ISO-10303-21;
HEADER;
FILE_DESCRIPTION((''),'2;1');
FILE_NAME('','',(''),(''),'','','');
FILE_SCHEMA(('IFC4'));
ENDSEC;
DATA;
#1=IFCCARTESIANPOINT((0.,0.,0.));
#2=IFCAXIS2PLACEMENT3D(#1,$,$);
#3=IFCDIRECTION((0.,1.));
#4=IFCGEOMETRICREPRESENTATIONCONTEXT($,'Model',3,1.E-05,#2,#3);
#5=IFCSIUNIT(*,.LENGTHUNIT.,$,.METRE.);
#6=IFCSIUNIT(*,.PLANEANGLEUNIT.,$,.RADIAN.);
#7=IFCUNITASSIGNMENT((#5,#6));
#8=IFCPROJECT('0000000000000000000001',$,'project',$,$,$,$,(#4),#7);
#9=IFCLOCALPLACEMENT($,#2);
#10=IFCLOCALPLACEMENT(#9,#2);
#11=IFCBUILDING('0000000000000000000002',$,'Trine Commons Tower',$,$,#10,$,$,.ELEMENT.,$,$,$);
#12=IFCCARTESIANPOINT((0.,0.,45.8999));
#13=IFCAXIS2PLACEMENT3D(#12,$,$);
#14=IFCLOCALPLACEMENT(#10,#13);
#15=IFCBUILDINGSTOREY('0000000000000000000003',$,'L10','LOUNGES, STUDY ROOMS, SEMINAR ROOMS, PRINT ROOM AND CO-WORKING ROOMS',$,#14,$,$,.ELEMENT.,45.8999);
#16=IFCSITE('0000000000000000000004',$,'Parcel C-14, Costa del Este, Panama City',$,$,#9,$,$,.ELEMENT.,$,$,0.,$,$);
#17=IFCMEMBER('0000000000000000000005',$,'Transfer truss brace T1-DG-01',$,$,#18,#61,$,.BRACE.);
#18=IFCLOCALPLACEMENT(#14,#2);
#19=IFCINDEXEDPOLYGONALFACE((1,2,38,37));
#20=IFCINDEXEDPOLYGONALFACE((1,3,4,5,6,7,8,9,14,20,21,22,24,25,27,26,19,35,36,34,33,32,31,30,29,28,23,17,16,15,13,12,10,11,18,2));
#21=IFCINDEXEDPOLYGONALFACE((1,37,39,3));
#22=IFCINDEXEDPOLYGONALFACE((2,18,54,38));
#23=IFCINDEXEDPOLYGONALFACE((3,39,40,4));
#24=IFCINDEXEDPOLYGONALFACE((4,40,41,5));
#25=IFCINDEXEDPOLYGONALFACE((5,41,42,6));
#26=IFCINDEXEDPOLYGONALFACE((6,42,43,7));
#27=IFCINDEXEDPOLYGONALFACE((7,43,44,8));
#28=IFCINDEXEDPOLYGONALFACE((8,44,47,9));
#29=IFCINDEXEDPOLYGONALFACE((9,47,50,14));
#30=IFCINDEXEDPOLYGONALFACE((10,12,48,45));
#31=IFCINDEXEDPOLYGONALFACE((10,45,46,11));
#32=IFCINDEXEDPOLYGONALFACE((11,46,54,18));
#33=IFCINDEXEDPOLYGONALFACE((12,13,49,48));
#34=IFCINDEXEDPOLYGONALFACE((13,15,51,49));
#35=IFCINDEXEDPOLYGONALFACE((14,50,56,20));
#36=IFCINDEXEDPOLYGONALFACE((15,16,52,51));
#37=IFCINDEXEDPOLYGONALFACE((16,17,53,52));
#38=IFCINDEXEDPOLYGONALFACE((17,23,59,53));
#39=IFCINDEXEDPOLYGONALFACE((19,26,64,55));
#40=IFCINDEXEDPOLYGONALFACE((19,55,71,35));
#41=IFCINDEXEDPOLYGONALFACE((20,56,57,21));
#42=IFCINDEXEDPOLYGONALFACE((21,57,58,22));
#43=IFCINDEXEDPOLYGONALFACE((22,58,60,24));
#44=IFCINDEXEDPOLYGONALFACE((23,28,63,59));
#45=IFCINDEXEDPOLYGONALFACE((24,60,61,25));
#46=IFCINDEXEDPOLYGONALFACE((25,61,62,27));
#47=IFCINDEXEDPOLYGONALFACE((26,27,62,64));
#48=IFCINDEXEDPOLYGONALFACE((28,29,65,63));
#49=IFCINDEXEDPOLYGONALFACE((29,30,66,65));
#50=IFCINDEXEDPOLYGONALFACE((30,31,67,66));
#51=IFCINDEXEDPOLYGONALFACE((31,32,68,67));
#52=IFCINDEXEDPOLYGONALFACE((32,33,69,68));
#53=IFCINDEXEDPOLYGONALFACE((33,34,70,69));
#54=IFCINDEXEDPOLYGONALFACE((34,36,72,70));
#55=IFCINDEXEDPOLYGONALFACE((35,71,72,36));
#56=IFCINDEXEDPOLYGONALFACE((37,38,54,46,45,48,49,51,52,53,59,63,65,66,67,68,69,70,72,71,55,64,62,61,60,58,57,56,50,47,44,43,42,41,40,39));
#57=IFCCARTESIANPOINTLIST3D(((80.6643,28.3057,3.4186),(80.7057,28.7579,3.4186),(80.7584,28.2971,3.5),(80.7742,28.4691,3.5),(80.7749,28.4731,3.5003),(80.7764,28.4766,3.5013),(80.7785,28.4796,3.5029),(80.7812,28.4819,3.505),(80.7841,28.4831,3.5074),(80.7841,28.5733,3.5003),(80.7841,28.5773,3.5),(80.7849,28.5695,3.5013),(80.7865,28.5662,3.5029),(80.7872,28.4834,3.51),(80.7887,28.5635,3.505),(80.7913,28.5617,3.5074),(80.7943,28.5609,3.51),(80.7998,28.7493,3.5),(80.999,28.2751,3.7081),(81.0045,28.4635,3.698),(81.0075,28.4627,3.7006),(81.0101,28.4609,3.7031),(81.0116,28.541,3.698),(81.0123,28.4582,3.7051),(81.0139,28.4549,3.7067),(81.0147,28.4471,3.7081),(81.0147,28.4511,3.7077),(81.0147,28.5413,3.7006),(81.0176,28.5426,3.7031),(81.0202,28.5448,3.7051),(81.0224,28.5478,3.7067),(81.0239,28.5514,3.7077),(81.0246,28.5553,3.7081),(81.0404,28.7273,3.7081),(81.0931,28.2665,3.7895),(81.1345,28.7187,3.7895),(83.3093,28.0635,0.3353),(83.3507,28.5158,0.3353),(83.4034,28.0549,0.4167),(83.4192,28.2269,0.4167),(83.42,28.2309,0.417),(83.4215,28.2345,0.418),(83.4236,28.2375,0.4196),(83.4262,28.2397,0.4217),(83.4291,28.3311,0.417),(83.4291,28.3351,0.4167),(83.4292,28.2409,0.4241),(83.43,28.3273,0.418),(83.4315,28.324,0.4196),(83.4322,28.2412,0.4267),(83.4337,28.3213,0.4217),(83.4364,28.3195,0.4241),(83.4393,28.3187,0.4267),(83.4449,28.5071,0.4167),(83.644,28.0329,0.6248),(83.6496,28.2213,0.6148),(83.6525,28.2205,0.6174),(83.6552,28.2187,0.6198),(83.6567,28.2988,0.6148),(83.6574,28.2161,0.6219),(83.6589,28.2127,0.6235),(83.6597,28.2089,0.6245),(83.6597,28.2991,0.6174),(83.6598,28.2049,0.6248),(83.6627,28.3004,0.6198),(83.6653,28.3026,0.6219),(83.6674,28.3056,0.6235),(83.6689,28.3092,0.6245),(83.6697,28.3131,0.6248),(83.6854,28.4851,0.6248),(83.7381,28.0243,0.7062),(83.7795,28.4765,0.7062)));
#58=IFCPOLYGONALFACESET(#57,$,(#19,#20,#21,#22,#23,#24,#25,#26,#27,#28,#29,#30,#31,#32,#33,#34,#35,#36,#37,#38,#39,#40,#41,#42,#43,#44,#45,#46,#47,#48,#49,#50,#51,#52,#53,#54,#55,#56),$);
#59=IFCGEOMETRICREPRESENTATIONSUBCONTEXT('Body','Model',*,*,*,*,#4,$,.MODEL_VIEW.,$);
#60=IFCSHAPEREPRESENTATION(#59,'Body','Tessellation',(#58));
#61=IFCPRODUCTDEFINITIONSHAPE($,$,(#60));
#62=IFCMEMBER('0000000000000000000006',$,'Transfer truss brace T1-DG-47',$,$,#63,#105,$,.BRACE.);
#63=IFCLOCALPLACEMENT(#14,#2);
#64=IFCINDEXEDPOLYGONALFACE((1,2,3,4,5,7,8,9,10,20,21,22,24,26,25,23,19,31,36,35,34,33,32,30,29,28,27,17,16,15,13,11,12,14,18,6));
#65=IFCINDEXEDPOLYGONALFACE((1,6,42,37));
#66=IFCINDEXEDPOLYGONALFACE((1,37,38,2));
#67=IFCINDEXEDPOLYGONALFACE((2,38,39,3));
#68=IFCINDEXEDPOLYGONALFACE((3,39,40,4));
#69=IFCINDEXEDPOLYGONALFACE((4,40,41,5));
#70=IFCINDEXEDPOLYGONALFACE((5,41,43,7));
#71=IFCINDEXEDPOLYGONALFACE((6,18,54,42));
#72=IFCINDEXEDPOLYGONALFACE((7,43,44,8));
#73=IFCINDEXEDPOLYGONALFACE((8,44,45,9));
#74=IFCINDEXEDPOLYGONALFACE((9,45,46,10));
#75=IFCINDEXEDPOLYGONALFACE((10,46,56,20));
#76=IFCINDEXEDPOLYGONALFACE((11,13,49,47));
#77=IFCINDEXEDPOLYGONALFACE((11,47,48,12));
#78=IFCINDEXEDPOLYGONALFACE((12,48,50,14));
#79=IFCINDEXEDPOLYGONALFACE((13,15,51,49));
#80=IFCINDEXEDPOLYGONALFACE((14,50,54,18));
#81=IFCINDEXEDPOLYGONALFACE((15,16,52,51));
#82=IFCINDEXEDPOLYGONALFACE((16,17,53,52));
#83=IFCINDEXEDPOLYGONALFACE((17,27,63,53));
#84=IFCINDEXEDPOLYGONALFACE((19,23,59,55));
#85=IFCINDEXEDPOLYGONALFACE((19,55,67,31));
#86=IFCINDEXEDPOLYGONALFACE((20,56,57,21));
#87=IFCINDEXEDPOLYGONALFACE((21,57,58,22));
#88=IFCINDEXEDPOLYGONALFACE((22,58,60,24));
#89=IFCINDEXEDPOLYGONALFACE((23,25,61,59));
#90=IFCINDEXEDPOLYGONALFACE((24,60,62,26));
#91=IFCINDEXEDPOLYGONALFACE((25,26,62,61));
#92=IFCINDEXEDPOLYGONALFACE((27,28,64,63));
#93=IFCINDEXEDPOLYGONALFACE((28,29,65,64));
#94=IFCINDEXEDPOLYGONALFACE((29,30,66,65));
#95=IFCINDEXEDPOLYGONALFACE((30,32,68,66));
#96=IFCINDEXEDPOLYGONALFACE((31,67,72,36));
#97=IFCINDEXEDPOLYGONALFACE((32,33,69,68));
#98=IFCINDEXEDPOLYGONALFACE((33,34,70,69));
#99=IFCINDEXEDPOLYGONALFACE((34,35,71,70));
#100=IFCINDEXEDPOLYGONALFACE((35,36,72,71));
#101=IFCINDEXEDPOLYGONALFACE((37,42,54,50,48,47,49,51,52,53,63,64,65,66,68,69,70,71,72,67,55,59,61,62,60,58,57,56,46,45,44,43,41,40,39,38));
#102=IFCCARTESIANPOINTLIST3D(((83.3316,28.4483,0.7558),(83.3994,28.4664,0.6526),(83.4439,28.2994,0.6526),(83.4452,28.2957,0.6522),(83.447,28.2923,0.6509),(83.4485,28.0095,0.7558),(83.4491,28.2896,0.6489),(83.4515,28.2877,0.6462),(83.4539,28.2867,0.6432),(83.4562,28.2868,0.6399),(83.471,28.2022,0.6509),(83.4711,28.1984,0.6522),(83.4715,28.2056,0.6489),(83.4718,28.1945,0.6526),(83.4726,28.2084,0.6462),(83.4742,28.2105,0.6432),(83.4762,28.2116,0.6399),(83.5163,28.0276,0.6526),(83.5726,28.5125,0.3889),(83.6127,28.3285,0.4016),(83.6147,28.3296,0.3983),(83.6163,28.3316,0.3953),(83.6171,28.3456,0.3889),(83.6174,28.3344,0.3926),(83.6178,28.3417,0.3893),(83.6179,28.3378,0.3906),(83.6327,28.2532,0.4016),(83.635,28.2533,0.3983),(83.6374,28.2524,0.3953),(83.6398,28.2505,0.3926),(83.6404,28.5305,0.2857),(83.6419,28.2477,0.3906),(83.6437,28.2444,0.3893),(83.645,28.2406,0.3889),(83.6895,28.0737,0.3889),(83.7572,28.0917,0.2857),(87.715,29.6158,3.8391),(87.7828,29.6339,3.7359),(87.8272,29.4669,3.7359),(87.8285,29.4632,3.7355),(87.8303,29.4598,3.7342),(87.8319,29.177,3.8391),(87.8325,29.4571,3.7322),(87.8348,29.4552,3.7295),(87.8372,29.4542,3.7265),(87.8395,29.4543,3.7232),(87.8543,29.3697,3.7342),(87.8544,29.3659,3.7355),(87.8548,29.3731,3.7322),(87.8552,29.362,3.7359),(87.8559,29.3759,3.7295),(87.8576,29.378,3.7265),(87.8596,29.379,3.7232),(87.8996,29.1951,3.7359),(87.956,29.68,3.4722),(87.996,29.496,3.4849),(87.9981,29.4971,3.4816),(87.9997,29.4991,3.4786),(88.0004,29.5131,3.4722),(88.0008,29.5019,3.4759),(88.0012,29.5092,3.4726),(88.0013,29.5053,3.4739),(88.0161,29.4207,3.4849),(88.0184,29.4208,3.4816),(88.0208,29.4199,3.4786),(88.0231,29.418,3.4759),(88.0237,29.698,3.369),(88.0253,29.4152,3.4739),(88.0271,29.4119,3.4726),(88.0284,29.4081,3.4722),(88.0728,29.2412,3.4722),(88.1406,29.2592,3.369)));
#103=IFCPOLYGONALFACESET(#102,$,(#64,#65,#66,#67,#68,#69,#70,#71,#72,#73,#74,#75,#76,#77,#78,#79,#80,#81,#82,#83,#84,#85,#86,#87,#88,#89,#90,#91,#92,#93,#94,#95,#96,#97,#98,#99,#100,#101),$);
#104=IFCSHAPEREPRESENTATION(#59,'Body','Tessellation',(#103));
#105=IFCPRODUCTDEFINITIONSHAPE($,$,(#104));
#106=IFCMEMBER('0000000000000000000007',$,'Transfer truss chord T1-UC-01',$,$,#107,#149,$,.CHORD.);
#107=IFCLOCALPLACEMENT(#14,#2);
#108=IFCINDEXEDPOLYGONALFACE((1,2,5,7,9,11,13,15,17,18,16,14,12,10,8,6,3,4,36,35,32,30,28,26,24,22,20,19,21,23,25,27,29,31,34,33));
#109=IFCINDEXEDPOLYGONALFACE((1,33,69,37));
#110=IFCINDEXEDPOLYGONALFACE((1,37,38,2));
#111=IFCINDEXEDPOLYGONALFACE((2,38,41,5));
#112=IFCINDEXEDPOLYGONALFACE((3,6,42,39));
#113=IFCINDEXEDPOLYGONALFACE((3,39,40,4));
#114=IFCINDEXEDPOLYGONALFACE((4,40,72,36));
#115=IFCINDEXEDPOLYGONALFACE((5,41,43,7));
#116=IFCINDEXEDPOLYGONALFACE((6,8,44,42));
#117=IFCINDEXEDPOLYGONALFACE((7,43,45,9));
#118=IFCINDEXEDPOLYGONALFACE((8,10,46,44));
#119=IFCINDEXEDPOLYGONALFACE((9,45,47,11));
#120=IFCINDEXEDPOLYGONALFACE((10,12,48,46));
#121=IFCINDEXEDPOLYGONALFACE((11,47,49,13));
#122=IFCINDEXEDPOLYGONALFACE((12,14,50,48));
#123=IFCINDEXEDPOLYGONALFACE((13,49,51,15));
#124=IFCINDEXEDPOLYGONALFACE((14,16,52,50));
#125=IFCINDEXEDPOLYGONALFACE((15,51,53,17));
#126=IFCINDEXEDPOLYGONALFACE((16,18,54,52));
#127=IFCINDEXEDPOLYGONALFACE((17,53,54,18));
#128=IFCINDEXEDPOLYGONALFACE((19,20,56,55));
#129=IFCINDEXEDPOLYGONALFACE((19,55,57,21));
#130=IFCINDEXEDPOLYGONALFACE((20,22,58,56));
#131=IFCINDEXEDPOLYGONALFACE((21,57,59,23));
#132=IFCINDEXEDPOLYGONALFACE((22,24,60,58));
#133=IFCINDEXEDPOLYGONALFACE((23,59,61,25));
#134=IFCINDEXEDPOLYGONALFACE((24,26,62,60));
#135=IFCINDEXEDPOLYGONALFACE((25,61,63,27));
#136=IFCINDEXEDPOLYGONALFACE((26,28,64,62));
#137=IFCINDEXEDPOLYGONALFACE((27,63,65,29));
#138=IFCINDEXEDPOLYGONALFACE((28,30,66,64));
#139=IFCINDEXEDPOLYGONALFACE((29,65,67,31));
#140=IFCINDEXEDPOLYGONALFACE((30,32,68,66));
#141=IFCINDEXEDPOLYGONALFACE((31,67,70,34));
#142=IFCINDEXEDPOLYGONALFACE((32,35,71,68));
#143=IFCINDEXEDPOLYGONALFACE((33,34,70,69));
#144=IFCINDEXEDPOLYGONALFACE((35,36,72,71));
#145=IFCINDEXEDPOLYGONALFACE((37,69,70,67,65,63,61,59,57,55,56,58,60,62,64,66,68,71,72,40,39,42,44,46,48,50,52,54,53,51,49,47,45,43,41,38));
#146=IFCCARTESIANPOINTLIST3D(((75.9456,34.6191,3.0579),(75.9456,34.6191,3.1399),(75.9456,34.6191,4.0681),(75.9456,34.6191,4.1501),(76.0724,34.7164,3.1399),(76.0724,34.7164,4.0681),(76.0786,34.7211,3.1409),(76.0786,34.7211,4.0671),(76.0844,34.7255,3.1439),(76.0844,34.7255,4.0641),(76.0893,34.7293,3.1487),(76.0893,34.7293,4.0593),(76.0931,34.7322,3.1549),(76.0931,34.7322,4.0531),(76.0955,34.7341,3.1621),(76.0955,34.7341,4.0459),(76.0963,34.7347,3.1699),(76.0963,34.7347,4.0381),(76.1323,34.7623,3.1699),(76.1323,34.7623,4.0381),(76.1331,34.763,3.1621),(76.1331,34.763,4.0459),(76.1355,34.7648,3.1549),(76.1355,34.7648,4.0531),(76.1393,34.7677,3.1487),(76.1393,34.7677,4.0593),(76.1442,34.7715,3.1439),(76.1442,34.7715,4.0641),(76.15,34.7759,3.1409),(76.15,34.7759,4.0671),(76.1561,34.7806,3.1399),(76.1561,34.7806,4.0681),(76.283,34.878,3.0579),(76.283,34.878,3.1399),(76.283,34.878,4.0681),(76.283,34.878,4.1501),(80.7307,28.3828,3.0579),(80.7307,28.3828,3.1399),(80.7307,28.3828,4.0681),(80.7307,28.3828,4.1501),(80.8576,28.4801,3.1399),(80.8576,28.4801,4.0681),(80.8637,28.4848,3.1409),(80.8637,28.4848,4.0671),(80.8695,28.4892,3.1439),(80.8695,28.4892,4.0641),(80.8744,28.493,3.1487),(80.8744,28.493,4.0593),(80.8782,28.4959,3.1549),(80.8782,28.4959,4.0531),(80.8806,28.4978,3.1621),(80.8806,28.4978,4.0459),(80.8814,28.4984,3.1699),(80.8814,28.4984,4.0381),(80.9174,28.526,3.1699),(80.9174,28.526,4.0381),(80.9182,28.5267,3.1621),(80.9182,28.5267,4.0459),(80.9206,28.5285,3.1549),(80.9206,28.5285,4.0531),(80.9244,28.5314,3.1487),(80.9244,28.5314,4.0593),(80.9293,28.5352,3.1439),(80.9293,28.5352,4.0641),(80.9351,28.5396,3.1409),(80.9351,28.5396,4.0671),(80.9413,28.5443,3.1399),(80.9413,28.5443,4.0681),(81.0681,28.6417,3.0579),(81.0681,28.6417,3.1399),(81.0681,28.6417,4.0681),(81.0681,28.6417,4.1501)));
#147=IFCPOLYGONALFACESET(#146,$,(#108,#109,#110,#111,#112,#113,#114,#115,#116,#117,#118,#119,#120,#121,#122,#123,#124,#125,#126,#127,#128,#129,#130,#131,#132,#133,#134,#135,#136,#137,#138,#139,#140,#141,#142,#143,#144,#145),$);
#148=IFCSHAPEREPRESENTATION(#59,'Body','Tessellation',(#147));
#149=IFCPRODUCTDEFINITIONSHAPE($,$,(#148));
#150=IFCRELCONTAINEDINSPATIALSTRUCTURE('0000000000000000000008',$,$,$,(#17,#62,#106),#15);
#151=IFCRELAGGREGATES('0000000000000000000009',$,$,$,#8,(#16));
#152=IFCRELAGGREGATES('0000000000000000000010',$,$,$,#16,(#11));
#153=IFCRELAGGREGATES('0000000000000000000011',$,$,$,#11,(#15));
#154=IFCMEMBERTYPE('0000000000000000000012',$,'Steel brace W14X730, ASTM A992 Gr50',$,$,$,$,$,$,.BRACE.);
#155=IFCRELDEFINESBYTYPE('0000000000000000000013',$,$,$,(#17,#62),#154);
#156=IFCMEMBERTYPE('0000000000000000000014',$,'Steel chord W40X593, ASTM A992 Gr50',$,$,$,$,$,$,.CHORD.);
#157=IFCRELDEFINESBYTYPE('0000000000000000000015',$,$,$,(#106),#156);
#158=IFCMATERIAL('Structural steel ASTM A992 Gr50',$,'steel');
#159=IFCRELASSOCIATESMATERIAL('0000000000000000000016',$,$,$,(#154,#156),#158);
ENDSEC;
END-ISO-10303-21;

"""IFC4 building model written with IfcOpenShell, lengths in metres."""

from ifc_helpers import new_model, si_unit, direction, frame, origin, origin_2d, place, context, subcontext, project, spatial, i_section, extrude, material, material_profile, profile_set, type_object, element, save


model = new_model("IFC4")

# Units and contexts
model_context = context("Model", 3, precision=1e-05, world=origin(), true_north=direction((0.0, 1.0)))
body_context = subcontext(model_context, "Body", "Model", "MODEL_VIEW")
ifc_project = project(units=[si_unit("LENGTHUNIT", "METRE"), si_unit("PLANEANGLEUNIT", "RADIAN")], contexts=[model_context])

# Site, building, storey
site_placement = place(None, origin())
site = spatial("IfcSite", under=ifc_project, at=site_placement, Name="Parcel C-14, Costa del Este, Panama City", CompositionType="ELEMENT", RefElevation=0.0)
building_placement = place(site_placement, origin())
building = spatial("IfcBuilding", under=site, at=building_placement, Name="Trine Commons Tower", CompositionType="ELEMENT")
storey_placement = place(building_placement, frame((0.0, 0.0, 45.8999)))
storey = spatial("IfcBuildingStorey", under=building, at=storey_placement, Name="L10", Description="LOUNGES, STUDY ROOMS, SEMINAR ROOMS, PRINT ROOM AND CO-WORKING ROOMS", CompositionType="ELEMENT", Elevation=45.8999)

# Shared definitions
ifc_material_1 = material(Name="Structural steel ASTM A992 Gr50", Category="steel")

# Members
ifc_material_profile_1 = material_profile(ifc_material_1, i_section(OverallWidth=0.4541, OverallDepth=0.5684, WebThickness=0.0779, FlangeThickness=0.1248, FilletRadius=0.0154, at=origin_2d()), Name="W14X730")
ifc_profile_set_1 = profile_set([ifc_material_profile_1], Name="Structural steel ASTM A992 Gr50")
member_type_1 = type_object("IfcMemberType", Name="Steel brace W14X730, ASTM A992 Gr50", PredefinedType="BRACE", material=ifc_profile_set_1)
member_1_placement = place(storey_placement, frame((83.5444, 28.27, 0.5208), z_axis=(-0.649954, 0.059512, 0.75764), x_axis=(-0.091182, -0.995834, 0.0)))
element("IfcMember", 1, at=member_1_placement, inside=storey, type_object=member_type_1, Name="Transfer truss brace T1-DG-01", PredefinedType="BRACE", context=body_context, shape_type="SweptSolid", body=[
    extrude(i_section(OverallWidth=0.4541, OverallDepth=0.5684, WebThickness=0.0779, FlangeThickness=0.1248, FilletRadius=0.0154, at=origin_2d()), origin(), (0.0, 0.0, 1.0), 4.0696),
])
member_2_placement = place(storey_placement, frame((83.5444, 28.27, 0.5208), z_axis=(0.799176, 0.212858, 0.562147), x_axis=(-0.257375, 0.966312, 0.0)))
element("IfcMember", 2, at=member_2_placement, inside=storey, type_object=member_type_1, Name="Transfer truss brace T1-DG-47", PredefinedType="BRACE", context=body_context, shape_type="SweptSolid", body=[
    extrude(i_section(OverallWidth=0.4541, OverallDepth=0.5684, WebThickness=0.0779, FlangeThickness=0.1248, FilletRadius=0.0154, at=origin_2d()), origin(), (0.0, 0.0, 1.0), 5.4849),
])
ifc_material_profile_2 = material_profile(ifc_material_1, i_section(OverallWidth=0.4253, OverallDepth=1.0923, WebThickness=0.0454, FlangeThickness=0.082, FilletRadius=0.03, at=origin_2d()), Name="W40X593")
ifc_profile_set_2 = profile_set([ifc_material_profile_2], Name="Structural steel ASTM A992 Gr50")
member_type_2 = type_object("IfcMemberType", Name="Steel chord W40X593, ASTM A992 Gr50", PredefinedType="CHORD", material=ifc_profile_set_2)
member_3_placement = place(storey_placement, frame((80.8994, 28.5122, 3.604), z_axis=(-0.60875, 0.793362, 0.0), x_axis=(-0.793362, -0.60875, 0.0)))
element("IfcMember", 3, at=member_3_placement, inside=storey, type_object=member_type_2, Name="Transfer truss chord T1-UC-01", PredefinedType="CHORD", context=body_context, shape_type="SweptSolid", body=[
    extrude(i_section(OverallWidth=0.4253, OverallDepth=1.0923, WebThickness=0.0454, FlangeThickness=0.082, FilletRadius=0.03, at=origin_2d()), origin(), (0.0, 0.0, 1.0), 7.8606),
])

save(model, "model.ifc")
